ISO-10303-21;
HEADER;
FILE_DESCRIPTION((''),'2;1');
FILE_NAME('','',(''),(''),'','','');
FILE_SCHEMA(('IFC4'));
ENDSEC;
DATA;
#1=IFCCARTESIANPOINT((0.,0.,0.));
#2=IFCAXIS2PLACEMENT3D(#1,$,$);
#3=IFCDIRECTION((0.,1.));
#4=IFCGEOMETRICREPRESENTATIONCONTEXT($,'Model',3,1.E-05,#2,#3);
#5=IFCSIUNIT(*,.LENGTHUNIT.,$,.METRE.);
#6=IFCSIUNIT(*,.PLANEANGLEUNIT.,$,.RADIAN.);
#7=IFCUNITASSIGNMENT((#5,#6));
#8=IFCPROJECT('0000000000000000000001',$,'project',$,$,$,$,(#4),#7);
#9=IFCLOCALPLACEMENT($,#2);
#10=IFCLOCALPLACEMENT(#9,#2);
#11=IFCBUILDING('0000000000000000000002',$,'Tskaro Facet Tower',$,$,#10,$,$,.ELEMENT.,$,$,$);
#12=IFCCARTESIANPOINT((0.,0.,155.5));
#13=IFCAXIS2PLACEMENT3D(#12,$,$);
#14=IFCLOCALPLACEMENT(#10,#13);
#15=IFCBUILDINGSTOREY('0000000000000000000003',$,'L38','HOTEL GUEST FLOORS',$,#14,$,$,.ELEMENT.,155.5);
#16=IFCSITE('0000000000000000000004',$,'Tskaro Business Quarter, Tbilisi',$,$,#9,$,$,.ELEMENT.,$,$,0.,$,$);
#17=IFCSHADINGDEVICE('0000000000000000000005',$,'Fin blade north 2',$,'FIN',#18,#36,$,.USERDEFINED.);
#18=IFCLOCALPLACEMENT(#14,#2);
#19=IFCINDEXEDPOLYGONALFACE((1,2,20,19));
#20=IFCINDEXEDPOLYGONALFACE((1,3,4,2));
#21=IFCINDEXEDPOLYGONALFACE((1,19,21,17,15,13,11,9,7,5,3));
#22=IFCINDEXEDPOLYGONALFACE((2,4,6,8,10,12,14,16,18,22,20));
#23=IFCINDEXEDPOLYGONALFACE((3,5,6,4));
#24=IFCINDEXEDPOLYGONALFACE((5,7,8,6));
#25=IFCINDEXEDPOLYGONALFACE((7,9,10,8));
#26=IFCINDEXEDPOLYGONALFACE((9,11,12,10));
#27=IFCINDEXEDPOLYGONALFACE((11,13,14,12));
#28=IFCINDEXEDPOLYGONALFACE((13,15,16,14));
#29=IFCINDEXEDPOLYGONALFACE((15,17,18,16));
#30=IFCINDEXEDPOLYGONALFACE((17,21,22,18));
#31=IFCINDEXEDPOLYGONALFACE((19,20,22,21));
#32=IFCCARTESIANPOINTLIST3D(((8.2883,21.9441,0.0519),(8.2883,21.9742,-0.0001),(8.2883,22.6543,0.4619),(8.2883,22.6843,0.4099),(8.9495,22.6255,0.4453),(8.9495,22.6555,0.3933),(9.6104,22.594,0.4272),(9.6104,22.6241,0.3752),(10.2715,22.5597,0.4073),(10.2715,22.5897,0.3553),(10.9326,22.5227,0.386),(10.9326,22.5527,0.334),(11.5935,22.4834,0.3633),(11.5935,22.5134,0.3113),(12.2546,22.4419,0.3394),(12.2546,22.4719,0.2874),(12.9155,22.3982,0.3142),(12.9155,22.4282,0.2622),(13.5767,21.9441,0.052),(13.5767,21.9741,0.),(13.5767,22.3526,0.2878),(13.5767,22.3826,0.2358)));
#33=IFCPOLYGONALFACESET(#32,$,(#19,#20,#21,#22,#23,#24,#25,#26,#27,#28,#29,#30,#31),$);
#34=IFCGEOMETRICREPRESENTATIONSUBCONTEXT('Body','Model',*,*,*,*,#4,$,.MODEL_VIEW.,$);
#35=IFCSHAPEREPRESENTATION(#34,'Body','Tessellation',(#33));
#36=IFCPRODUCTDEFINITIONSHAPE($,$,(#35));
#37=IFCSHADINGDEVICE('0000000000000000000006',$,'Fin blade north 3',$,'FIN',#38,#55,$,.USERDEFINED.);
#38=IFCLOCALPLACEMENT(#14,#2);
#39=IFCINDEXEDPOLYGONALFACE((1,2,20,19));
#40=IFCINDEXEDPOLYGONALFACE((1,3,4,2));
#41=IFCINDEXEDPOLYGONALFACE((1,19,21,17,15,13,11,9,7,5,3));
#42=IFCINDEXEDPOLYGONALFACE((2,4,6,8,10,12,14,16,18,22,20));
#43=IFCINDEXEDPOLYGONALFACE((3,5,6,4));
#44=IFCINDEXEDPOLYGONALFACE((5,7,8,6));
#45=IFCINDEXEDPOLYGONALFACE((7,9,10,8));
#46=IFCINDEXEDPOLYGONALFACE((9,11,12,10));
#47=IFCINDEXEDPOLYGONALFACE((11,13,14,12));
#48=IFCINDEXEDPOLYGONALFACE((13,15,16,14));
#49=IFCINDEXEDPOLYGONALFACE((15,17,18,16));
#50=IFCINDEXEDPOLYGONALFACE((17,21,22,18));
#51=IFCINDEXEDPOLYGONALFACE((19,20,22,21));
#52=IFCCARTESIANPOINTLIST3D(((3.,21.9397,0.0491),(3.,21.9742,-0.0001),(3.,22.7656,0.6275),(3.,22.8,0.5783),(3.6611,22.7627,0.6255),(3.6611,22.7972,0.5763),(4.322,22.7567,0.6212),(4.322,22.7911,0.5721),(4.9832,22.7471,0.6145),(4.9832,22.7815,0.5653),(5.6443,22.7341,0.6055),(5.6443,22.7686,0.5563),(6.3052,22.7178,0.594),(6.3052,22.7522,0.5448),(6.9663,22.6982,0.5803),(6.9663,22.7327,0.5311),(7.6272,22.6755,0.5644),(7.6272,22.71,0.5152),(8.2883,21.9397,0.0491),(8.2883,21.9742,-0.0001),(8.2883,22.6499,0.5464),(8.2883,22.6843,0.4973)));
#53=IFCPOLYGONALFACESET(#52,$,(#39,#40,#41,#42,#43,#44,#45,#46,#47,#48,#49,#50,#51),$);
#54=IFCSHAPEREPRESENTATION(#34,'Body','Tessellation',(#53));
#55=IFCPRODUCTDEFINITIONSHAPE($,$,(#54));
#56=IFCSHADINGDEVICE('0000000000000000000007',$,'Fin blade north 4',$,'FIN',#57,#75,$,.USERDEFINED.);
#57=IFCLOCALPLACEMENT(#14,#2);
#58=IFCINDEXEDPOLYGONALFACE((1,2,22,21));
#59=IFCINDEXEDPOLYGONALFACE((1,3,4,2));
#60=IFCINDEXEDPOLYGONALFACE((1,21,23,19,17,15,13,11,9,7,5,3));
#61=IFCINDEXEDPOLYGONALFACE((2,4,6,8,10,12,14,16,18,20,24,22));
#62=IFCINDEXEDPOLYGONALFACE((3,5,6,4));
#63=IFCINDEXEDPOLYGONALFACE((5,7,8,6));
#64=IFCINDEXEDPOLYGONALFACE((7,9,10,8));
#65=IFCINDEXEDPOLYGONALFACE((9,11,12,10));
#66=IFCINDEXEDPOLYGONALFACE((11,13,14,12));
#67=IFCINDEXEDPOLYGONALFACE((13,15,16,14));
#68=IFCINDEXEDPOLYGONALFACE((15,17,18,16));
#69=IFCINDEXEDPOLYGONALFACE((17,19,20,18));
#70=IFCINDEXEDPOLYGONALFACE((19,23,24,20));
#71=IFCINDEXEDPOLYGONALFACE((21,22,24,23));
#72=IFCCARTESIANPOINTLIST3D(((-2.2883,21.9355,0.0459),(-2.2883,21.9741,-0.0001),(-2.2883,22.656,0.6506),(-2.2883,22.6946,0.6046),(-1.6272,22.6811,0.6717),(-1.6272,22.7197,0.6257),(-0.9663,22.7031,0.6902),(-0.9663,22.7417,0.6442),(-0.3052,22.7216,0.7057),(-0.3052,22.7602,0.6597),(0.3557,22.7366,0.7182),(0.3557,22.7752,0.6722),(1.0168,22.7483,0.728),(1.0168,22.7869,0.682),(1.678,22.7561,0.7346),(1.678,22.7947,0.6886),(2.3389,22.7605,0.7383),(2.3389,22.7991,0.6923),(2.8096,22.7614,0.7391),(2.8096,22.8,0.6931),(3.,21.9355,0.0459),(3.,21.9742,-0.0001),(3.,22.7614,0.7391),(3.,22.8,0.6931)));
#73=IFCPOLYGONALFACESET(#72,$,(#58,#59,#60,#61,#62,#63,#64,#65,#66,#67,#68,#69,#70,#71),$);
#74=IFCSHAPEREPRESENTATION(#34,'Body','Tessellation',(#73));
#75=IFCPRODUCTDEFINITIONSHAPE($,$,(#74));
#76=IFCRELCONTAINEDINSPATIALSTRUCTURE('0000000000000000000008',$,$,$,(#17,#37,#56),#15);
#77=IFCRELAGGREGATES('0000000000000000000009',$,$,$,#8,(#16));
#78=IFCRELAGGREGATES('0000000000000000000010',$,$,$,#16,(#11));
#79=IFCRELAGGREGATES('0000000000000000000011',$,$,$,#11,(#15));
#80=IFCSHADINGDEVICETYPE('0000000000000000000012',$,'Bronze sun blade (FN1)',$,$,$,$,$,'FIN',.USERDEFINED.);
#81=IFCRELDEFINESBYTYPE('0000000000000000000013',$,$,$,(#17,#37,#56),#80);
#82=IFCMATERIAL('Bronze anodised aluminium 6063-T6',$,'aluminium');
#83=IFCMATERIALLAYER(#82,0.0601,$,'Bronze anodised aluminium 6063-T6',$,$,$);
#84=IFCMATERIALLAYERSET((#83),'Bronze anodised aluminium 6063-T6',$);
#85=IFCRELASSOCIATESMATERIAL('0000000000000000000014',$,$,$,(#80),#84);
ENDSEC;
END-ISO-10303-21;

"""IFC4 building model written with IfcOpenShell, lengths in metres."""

from ifc_helpers import new_model, si_unit, direction, frame, origin, place, context, subcontext, project, spatial, polyline, outline, extrude, material, layer, layer_set, type_object, element, save


model = new_model("IFC4")

# Units and contexts
model_context = context("Model", 3, precision=1e-05, world=origin(), true_north=direction((0.0, 1.0)))
body_context = subcontext(model_context, "Body", "Model", "MODEL_VIEW")
ifc_project = project(units=[si_unit("LENGTHUNIT", "METRE"), si_unit("PLANEANGLEUNIT", "RADIAN")], contexts=[model_context])

# Site, building, storey
site_placement = place(None, origin())
site = spatial("IfcSite", under=ifc_project, at=site_placement, Name="Tskaro Business Quarter, Tbilisi", CompositionType="ELEMENT", RefElevation=0.0)
building_placement = place(site_placement, origin())
building = spatial("IfcBuilding", under=site, at=building_placement, Name="Tskaro Facet Tower", CompositionType="ELEMENT")
storey_placement = place(building_placement, frame((0.0, 0.0, 155.5)))
storey = spatial("IfcBuildingStorey", under=building, at=storey_placement, Name="L38", Description="HOTEL GUEST FLOORS", CompositionType="ELEMENT", Elevation=155.5)

# Shared definitions
ifc_material_1 = material(Name="Bronze anodised aluminium 6063-T6", Category="aluminium")

# Shading devices
ifc_layer_1 = layer(ifc_material_1, 0.0601, Name="Bronze anodised aluminium 6063-T6")
ifc_layer_set_1 = layer_set([ifc_layer_1], Name="Bronze anodised aluminium 6063-T6")
shading_device_type = type_object("IfcShadingDeviceType", Name="Bronze sun blade (FN1)", ElementType="FIN", PredefinedType="USERDEFINED", material=ifc_layer_set_1)
shading_device_1_placement = place(storey_placement, frame((13.5767, 21.9441, 0.052), z_axis=(-0.000012, -0.499973, 0.866041), x_axis=(-1.0, 0.000006, -0.000011)))
element("IfcShadingDevice", 1, at=shading_device_1_placement, inside=storey, type_object=shading_device_type, Name="Fin blade north 2", ObjectType="FIN", PredefinedType="USERDEFINED", context=body_context, shape_type="SweptSolid", body=[
    extrude(outline(polyline([(0.0, 0.0), (5.2883, 0.0), (5.2883, -0.82), (4.6272, -0.7868), (3.9663, -0.7505), (3.3052, -0.7108), (2.644, -0.6681), (1.9832, -0.6227), (1.322, -0.5748), (0.6611, -0.5244), (0.0, -0.4716), (0.0, 0.0)])), origin(), (0.0, 0.0, -1.0), 0.0601),
])
shading_device_2_placement = place(storey_placement, frame((8.2883, 21.9397, 0.0491), z_axis=(0.0, -0.573667, 0.819088), x_axis=(-1.0, 0.0, 0.0)))
element("IfcShadingDevice", 2, at=shading_device_2_placement, inside=storey, type_object=shading_device_type, Name="Fin blade north 3", ObjectType="FIN", PredefinedType="USERDEFINED", context=body_context, shape_type="SweptSolid", body=[
    extrude(outline(polyline([(0.0, 0.0), (5.2883, 0.0), (5.2883, -1.0083), (4.6272, -1.0048), (3.9663, -0.9974), (3.3052, -0.9857), (2.644, -0.9699), (1.9832, -0.9499), (1.322, -0.9261), (0.6611, -0.8984), (0.0, -0.867), (0.0, 0.0)])), origin(), (0.0, 0.0, -1.0), 0.0601),
])
shading_device_3_placement = place(storey_placement, frame((3.0, 21.9355, 0.0459), z_axis=(0.00001, -0.642873, 0.765973), x_axis=(-1.0, -0.000006, 0.000008)))
element("IfcShadingDevice", 3, at=shading_device_3_placement, inside=storey, type_object=shading_device_type, Name="Fin blade north 4", ObjectType="FIN", PredefinedType="USERDEFINED", context=body_context, shape_type="SweptSolid", body=[
    extrude(outline(polyline([(0.0, 0.0), (5.2883, 0.0), (5.2883, -0.9406), (4.6272, -0.9734), (3.9663, -1.0021), (3.3052, -1.0262), (2.6443, -1.0458), (1.9832, -1.0611), (1.322, -1.0713), (0.6611, -1.077), (0.1904, -1.0782), (0.0, -1.0782), (0.0, 0.0)])), origin(), (0.0, 0.0, -1.0), 0.0601),
])

save(model, "model.ifc")
